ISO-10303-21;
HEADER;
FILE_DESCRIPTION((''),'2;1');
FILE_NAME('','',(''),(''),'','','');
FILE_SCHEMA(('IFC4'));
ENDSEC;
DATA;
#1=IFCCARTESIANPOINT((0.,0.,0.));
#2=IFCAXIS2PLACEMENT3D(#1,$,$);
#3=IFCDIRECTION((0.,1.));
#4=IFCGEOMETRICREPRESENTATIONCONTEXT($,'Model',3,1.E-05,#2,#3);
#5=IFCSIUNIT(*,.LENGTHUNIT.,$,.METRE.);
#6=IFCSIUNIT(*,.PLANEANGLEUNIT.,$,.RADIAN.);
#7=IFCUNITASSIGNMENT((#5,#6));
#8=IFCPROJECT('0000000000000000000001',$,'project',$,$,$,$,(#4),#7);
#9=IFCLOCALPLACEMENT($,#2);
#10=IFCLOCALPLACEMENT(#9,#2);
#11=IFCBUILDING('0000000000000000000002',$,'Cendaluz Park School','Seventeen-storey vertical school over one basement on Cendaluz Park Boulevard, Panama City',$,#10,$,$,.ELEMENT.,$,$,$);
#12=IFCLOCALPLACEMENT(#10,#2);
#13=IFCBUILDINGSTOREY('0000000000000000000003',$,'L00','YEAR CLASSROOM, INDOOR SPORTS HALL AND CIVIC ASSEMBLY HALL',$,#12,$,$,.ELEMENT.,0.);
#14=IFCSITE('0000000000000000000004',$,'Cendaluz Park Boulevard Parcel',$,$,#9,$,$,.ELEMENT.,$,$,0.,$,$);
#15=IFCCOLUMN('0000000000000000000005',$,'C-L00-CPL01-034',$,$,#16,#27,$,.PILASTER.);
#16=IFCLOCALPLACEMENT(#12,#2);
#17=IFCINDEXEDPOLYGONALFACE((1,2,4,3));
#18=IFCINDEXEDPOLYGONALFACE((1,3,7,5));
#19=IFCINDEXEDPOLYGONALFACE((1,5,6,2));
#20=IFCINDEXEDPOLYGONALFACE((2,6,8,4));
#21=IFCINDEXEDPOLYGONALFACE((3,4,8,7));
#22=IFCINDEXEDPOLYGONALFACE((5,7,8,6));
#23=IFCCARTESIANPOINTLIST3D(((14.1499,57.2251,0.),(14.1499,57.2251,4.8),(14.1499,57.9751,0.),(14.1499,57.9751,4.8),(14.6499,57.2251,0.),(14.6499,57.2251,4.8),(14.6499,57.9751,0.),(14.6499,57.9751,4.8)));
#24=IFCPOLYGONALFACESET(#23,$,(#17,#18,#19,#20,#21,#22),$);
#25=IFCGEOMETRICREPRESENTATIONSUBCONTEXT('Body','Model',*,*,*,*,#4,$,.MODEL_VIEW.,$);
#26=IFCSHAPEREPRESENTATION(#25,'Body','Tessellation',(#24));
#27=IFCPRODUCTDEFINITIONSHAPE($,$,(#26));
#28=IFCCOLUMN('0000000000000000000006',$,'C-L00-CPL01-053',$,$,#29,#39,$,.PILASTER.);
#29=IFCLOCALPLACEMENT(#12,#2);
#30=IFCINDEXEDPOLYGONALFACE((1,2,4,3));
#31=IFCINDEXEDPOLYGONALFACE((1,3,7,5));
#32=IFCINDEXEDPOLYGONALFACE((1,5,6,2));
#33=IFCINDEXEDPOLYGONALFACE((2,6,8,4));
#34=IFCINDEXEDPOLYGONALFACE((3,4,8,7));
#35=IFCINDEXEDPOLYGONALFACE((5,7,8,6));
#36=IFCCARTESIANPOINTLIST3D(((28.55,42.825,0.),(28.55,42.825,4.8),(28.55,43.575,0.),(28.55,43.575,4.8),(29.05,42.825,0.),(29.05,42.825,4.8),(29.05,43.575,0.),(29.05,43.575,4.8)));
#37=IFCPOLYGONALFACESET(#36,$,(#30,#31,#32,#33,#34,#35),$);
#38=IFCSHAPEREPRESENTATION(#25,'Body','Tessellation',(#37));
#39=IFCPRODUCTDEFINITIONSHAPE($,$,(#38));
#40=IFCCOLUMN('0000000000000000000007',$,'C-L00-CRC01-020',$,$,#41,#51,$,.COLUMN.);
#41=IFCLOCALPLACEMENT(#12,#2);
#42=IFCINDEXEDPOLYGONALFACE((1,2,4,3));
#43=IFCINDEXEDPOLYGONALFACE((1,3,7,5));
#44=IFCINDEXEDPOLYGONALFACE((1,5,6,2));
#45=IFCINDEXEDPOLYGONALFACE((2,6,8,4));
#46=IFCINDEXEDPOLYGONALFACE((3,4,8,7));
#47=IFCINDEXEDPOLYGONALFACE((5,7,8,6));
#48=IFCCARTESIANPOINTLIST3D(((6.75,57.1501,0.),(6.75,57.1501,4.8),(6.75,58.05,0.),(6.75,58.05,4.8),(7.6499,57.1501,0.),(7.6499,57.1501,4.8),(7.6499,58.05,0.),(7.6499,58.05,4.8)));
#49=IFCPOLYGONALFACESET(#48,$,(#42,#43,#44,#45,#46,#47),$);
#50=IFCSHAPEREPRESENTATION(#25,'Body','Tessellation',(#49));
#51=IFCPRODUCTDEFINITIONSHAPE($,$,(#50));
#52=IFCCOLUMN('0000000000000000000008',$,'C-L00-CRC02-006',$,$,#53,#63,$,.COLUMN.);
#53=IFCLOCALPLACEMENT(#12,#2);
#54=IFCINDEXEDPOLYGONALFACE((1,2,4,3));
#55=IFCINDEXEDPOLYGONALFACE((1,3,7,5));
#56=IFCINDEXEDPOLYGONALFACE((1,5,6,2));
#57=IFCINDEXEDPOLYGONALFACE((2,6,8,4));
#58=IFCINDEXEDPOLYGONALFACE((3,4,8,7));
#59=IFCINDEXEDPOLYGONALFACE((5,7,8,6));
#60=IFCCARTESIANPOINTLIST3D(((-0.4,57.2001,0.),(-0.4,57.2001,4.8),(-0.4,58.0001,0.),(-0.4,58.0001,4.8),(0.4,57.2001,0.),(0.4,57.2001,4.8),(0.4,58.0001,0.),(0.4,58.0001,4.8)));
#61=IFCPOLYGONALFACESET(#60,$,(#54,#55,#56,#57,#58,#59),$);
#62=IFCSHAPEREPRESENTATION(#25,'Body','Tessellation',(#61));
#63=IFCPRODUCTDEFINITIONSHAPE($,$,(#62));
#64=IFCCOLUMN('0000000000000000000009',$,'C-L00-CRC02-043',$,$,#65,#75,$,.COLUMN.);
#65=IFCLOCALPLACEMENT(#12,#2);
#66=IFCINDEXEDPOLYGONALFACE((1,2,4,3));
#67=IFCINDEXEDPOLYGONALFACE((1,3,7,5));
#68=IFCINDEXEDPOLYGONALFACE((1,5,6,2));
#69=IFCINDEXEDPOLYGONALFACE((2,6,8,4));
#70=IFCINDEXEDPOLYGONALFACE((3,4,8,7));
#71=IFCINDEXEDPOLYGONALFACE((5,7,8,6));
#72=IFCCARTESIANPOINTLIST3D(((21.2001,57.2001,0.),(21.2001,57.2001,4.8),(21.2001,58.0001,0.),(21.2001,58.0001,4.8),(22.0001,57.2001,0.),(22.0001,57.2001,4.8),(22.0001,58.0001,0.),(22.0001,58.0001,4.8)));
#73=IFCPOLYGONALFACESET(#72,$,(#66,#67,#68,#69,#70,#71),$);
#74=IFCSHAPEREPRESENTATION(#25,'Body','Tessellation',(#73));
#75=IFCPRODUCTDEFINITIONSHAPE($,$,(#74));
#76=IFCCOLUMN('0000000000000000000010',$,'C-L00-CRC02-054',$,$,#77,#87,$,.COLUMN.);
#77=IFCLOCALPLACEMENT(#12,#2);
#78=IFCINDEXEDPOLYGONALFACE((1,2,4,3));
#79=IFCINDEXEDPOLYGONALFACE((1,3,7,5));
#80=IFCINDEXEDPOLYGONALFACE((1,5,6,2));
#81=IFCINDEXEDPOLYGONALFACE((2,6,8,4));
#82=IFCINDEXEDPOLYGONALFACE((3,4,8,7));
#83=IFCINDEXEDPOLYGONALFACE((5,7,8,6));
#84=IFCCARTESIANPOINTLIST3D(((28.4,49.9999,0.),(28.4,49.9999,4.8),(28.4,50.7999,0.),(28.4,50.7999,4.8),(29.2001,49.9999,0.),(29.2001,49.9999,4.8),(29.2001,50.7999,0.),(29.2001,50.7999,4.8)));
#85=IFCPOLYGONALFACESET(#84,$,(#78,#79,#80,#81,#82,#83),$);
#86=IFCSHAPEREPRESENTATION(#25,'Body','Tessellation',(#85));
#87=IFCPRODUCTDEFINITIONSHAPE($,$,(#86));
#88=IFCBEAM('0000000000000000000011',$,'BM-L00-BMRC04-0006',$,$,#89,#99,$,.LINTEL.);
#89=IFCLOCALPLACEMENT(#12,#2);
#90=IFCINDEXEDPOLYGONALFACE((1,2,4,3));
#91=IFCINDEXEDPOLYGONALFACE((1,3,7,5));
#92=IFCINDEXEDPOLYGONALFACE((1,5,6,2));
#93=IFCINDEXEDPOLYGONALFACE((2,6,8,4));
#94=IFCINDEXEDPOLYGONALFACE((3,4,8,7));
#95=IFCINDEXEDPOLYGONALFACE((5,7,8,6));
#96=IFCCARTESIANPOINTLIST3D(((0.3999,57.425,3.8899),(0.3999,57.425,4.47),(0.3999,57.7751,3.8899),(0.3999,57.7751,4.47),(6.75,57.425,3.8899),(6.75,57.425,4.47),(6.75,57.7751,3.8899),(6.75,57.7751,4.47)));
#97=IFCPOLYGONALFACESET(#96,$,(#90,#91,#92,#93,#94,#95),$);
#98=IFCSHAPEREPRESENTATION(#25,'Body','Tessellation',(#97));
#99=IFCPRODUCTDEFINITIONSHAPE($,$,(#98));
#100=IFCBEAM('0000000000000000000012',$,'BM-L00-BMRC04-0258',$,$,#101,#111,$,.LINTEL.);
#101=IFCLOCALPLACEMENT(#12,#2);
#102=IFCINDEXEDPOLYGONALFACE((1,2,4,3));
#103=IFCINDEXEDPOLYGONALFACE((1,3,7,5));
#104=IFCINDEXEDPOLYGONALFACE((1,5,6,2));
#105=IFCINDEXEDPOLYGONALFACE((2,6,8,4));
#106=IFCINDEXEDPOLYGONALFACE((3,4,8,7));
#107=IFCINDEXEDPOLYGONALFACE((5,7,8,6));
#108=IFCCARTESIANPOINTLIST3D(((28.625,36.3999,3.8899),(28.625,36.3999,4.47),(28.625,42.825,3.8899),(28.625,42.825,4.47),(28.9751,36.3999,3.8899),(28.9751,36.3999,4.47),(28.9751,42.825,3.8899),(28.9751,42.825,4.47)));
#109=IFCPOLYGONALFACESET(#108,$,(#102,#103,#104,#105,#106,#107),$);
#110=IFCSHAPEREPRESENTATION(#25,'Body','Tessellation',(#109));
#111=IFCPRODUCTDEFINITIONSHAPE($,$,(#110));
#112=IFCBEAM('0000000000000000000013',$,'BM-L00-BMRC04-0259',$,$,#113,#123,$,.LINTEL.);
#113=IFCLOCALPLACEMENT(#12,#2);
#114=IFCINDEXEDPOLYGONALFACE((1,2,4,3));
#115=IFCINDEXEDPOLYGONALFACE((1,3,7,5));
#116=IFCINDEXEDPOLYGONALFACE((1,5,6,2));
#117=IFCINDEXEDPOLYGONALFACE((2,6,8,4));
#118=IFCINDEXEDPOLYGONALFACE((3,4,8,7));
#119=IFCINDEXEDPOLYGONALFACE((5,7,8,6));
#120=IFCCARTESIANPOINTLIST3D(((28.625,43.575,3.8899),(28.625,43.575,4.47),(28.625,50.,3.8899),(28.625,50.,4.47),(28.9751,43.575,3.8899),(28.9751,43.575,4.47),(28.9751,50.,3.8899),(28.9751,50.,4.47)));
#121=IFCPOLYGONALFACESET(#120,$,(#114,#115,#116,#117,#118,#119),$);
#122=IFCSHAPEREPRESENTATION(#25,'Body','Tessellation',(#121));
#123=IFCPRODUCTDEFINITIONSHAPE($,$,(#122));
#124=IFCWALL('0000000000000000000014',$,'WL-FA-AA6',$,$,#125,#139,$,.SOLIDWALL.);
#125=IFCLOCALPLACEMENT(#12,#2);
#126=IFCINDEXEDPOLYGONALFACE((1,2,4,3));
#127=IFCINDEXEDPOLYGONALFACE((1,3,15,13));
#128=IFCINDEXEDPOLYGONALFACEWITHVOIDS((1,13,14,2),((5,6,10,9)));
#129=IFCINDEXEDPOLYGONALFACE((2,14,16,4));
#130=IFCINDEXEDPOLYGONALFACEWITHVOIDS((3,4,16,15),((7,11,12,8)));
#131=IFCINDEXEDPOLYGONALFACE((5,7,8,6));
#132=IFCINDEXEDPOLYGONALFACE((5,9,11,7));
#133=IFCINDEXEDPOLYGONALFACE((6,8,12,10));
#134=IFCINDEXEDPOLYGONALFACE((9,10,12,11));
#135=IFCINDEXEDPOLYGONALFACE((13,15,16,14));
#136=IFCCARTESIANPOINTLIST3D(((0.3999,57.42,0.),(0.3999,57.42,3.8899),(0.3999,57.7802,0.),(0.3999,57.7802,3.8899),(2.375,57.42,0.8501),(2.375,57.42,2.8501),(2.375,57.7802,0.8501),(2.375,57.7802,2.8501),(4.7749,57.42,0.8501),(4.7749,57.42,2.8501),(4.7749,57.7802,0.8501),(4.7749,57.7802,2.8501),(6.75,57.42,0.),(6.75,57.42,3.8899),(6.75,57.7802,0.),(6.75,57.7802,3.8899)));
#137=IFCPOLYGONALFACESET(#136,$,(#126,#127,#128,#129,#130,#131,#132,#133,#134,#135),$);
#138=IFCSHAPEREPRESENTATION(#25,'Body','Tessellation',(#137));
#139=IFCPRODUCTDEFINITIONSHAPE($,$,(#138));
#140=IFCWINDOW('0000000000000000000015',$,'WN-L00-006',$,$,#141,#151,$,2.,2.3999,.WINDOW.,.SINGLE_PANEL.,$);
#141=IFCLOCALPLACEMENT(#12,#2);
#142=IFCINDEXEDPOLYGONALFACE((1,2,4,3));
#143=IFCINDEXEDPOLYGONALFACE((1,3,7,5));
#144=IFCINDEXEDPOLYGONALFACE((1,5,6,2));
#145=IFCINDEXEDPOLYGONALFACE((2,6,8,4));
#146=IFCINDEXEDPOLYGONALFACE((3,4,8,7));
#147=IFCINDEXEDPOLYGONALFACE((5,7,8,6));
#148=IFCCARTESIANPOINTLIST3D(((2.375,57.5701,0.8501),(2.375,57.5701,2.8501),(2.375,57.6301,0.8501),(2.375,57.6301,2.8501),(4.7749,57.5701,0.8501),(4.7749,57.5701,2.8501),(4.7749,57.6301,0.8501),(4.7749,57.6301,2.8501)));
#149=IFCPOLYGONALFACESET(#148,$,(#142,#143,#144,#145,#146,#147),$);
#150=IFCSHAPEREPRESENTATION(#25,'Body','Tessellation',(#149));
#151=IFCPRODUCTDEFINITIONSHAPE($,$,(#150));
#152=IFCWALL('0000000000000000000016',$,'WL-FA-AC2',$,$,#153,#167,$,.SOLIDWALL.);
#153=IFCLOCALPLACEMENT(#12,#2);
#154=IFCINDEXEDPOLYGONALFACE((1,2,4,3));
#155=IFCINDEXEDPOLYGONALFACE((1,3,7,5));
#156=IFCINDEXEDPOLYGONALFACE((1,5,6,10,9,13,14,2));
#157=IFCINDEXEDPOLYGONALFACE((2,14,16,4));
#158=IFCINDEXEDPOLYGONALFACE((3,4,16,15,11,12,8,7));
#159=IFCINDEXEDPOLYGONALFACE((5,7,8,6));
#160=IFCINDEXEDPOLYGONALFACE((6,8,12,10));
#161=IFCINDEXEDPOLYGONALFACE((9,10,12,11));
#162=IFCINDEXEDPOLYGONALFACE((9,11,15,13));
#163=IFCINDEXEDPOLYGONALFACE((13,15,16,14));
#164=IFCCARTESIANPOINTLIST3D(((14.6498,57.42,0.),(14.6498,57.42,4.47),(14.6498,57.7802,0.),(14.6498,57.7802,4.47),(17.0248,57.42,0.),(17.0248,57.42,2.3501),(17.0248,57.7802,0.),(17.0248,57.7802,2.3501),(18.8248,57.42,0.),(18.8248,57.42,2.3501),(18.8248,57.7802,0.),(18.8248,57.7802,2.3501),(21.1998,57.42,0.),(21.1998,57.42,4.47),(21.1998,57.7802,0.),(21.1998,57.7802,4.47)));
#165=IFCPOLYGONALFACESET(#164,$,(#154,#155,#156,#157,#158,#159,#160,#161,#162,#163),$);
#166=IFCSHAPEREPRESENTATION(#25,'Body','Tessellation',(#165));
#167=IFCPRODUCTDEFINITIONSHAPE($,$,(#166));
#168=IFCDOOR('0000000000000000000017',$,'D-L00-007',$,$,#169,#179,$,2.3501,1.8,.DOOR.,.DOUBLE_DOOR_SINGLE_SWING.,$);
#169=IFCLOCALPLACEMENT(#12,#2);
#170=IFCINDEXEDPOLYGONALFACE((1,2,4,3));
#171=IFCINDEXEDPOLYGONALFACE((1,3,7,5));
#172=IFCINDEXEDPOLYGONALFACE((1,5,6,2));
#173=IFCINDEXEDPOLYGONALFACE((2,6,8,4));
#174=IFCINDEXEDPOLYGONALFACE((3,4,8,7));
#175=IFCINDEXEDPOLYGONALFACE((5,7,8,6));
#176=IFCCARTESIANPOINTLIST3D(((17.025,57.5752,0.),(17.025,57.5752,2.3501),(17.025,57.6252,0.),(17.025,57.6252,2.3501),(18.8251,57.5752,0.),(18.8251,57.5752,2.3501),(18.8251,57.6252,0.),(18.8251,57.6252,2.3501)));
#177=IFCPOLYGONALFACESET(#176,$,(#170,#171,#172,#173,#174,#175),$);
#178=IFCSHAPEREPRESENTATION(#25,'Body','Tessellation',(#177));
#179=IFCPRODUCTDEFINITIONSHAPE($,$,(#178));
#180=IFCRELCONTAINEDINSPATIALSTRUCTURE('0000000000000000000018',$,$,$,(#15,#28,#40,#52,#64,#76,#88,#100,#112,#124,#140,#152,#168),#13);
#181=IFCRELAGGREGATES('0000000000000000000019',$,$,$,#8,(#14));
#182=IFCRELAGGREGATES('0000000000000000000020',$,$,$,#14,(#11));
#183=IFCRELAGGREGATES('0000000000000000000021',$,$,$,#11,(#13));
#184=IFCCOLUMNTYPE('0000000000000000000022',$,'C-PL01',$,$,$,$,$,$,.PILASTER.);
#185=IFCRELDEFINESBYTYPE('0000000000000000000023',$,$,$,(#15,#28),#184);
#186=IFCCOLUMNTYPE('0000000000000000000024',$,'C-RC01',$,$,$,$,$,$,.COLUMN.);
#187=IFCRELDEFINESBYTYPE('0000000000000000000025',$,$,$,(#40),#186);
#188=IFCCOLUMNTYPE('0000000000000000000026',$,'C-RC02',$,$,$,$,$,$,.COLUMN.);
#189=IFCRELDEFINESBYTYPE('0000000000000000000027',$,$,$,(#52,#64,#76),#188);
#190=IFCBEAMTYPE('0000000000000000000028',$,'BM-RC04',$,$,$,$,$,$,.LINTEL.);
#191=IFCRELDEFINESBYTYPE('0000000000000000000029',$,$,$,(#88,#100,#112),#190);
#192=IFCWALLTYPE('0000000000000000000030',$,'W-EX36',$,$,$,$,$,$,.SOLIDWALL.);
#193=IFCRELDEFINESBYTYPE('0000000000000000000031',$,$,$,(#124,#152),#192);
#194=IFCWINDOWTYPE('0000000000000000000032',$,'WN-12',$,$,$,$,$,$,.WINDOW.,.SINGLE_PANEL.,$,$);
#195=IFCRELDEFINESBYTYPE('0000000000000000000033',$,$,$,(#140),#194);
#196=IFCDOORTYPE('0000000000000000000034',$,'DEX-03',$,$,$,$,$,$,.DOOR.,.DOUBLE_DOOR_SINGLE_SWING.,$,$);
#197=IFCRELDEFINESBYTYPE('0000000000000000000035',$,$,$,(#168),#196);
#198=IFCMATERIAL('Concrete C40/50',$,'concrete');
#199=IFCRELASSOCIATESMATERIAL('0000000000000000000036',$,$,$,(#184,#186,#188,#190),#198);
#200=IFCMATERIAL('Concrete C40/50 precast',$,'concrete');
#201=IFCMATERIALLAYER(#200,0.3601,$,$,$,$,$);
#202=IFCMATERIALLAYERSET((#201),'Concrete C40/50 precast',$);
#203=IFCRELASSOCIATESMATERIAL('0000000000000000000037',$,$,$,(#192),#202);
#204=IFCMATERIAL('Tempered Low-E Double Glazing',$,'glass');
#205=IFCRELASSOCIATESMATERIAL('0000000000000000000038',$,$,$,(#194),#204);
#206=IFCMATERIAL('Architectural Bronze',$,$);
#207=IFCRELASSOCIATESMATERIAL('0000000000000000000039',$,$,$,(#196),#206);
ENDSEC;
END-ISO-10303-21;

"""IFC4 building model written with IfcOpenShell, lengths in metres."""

from ifc_helpers import new_model, si_unit, direction, frame, frame_2d, origin, origin_2d, place, context, subcontext, project, spatial, rectangle, extrude, material, layer, layer_set, material_profile, profile_set, type_object, element, fill, save


model = new_model("IFC4")

# Units and contexts
model_context = context("Model", 3, precision=1e-05, world=origin(), true_north=direction((0.0, 1.0)))
body_context = subcontext(model_context, "Body", "Model", "MODEL_VIEW")
ifc_project = project(units=[si_unit("LENGTHUNIT", "METRE"), si_unit("PLANEANGLEUNIT", "RADIAN")], contexts=[model_context])

# Site, building, storey
site_placement = place(None, origin())
site = spatial("IfcSite", under=ifc_project, at=site_placement, Name="Cendaluz Park Boulevard Parcel", CompositionType="ELEMENT", RefElevation=0.0)
building_placement = place(site_placement, origin())
building = spatial("IfcBuilding", under=site, at=building_placement, Name="Cendaluz Park School", Description="Seventeen-storey vertical school over one basement on Cendaluz Park Boulevard, Panama City", CompositionType="ELEMENT")
storey_placement = place(building_placement, origin())
storey = spatial("IfcBuildingStorey", under=building, at=storey_placement, Name="L00", Description="YEAR CLASSROOM, INDOOR SPORTS HALL AND CIVIC ASSEMBLY HALL", CompositionType="ELEMENT", Elevation=0.0)

# Columns
ifc_material_1 = material(Name="Concrete C40/50", Category="concrete")
ifc_material_profile_1 = material_profile(ifc_material_1, rectangle(XDim=0.5, YDim=0.75, at=origin_2d()), Name="RC 500x750", Category="concrete")
ifc_profile_set_1 = profile_set([ifc_material_profile_1], Name="Concrete C40/50")
column_type_1 = type_object("IfcColumnType", Name="C-PL01", PredefinedType="PILASTER", material=ifc_profile_set_1)
for number, where, z_axis, x_axis, name in (
    (1, (14.3999, 57.6001, 0.0), (0.0, 0.0, 1.0), (1.0, 0.0, 0.0), "C-L00-CPL01-034"),
    (2, (28.8, 43.2, 0.0), (0.0, 0.0, 1.0), (1.0, 0.0, 0.0), "C-L00-CPL01-053"),
):
    element("IfcColumn", number, at=place(storey_placement, frame(where, z_axis=z_axis, x_axis=x_axis)), inside=storey, type_object=column_type_1, Name=name, PredefinedType="PILASTER", context=body_context, shape_type="SweptSolid", body=[
        extrude(rectangle(XDim=0.5, YDim=0.75, at=origin_2d()), origin(), (0.0, 0.0, 1.0), 4.8),
    ])
ifc_material_profile_2 = material_profile(ifc_material_1, rectangle(XDim=0.8999, YDim=0.8999, at=origin_2d()), Name="RC 900x900", Category="concrete")
ifc_profile_set_2 = profile_set([ifc_material_profile_2], Name="Concrete C40/50")
column_type_2 = type_object("IfcColumnType", Name="C-RC01", PredefinedType="COLUMN", material=ifc_profile_set_2)
column_placement = place(storey_placement, frame((7.2, 57.6001, 0.0), z_axis=(0.0, 0.0, 1.0), x_axis=(1.0, 0.0, 0.0)))
element("IfcColumn", 3, at=column_placement, inside=storey, type_object=column_type_2, Name="C-L00-CRC01-020", PredefinedType="COLUMN", context=body_context, shape_type="SweptSolid", body=[
    extrude(rectangle(XDim=0.8999, YDim=0.8999, at=origin_2d()), origin(), (0.0, 0.0, 1.0), 4.8),
])
ifc_material_profile_3 = material_profile(ifc_material_1, rectangle(XDim=0.8, YDim=0.8, at=origin_2d()), Name="RC 800x800", Category="concrete")
ifc_profile_set_3 = profile_set([ifc_material_profile_3], Name="Concrete C40/50")
column_type_3 = type_object("IfcColumnType", Name="C-RC02", PredefinedType="COLUMN", material=ifc_profile_set_3)
for number, where, z_axis, x_axis, name in (
    (4, (0.0, 57.6001, 0.0), (0.0, 0.0, 1.0), (1.0, 0.0, 0.0), "C-L00-CRC02-006"),
    (5, (21.6001, 57.6001, 0.0), (0.0, 0.0, 1.0), (1.0, 0.0, 0.0), "C-L00-CRC02-043"),
    (6, (28.8, 50.3999, 0.0), (0.0, 0.0, 1.0), (1.0, 0.0, 0.0), "C-L00-CRC02-054"),
):
    element("IfcColumn", number, at=place(storey_placement, frame(where, z_axis=z_axis, x_axis=x_axis)), inside=storey, type_object=column_type_3, Name=name, PredefinedType="COLUMN", context=body_context, shape_type="SweptSolid", body=[
        extrude(rectangle(XDim=0.8, YDim=0.8, at=origin_2d()), origin(), (0.0, 0.0, 1.0), 4.8),
    ])

# Beams
ifc_material_profile_4 = material_profile(ifc_material_1, rectangle(XDim=0.3501, YDim=0.5801, at=origin_2d()), Name="RC 350x580", Category="concrete")
ifc_profile_set_4 = profile_set([ifc_material_profile_4], Name="Concrete C40/50")
beam_type = type_object("IfcBeamType", Name="BM-RC04", PredefinedType="LINTEL", material=ifc_profile_set_4)
beam_placement = place(storey_placement, frame((0.3999, 57.6001, 4.1799), z_axis=(1.0, 0.0, 0.0), x_axis=(0.0, 1.0, 0.0)))
element("IfcBeam", 7, at=beam_placement, inside=storey, type_object=beam_type, Name="BM-L00-BMRC04-0006", PredefinedType="LINTEL", context=body_context, shape_type="SweptSolid", body=[
    extrude(rectangle(XDim=0.3501, YDim=0.5801, at=origin_2d()), origin(), (0.0, 0.0, 1.0), 6.3501),
])
for number, where, z_axis, x_axis, name in (
    (8, (28.8, 36.3999, 4.1799), (0.0, 1.0, 0.0), (-1.0, 0.0, 0.0), "BM-L00-BMRC04-0258"),
    (9, (28.8, 43.575, 4.1799), (0.0, 1.0, 0.0), (-1.0, 0.0, 0.0), "BM-L00-BMRC04-0259"),
):
    element("IfcBeam", number, at=place(storey_placement, frame(where, z_axis=z_axis, x_axis=x_axis)), inside=storey, type_object=beam_type, Name=name, PredefinedType="LINTEL", context=body_context, shape_type="SweptSolid", body=[
        extrude(rectangle(XDim=0.3501, YDim=0.5801, at=origin_2d()), origin(), (0.0, 0.0, 1.0), 6.425),
    ])

# Wall, opening, window
ifc_material_2 = material(Name="Concrete C40/50 precast", Category="concrete")
ifc_layer_1 = layer(ifc_material_2, 0.3601)
ifc_layer_set_1 = layer_set([ifc_layer_1], Name="Concrete C40/50 precast")
wall_type_1 = type_object("IfcWallType", Name="W-EX36", PredefinedType="SOLIDWALL", material=ifc_layer_set_1)
wall_1_placement = place(storey_placement, frame((0.3999, 57.6001, 0.0), z_axis=(0.0, 0.0, 1.0), x_axis=(1.0, 0.0, 0.0)))
wall_1 = element("IfcWall", 10, at=wall_1_placement, inside=storey, type_object=wall_type_1, Name="WL-FA-AA6", PredefinedType="SOLIDWALL", context=body_context, shape_type="SweptSolid", body=[
    extrude(rectangle(XDim=6.3501, YDim=0.3601, at=frame_2d((3.175, 0.0))), origin(), (0.0, 0.0, 1.0), 3.8899),
])
opening_1_placement = place(wall_1_placement, frame((1.9751, 0.0, 0.8501)))
opening_1 = element("IfcOpeningElement", 11, at=opening_1_placement, cuts=wall_1, PredefinedType="OPENING", context=body_context, shape_type="SweptSolid", body=[
    extrude(rectangle(XDim=2.3999, YDim=2.0, at=frame_2d((1.2, 1.0))), frame((0.0, 0.1921, 0.0), z_axis=(0.0, -1.0, 0.0), x_axis=(1.0, 0.0, 0.0)), (0.0, 0.0, 1.0), 0.384),
])
ifc_material_3 = material(Name="Tempered Low-E Double Glazing", Category="glass")
window_type_1 = type_object("IfcWindowType", Name="WN-12", PartitioningType="SINGLE_PANEL", PredefinedType="WINDOW", material=ifc_material_3)
window_1_placement = place(opening_1_placement, origin())
window_1 = element("IfcWindow", 12, at=window_1_placement, inside=storey, type_object=window_type_1, Name="WN-L00-006", OverallHeight=2.0, OverallWidth=2.3999, PartitioningType="SINGLE_PANEL", PredefinedType="WINDOW", context=body_context, shape_type="SweptSolid", body=[
    extrude(rectangle(XDim=2.3999, YDim=2.0, at=frame_2d((1.2, 1.0))), frame((0.0, 0.03, 0.0), z_axis=(0.0, -1.0, 0.0), x_axis=(1.0, 0.0, 0.0)), (0.0, 0.0, 1.0), 0.0601),
])
fill(opening_1, window_1)

# Wall, opening, door
ifc_material_4 = material(Name="Architectural Bronze")
wall_2_placement = place(storey_placement, frame((14.6499, 57.6001, 0.0), z_axis=(0.0, 0.0, 1.0), x_axis=(1.0, 0.0, 0.0)))
wall_2 = element("IfcWall", 13, at=wall_2_placement, inside=storey, type_object=wall_type_1, Name="WL-FA-AC2", PredefinedType="SOLIDWALL", context=body_context, shape_type="SweptSolid", body=[
    extrude(rectangle(XDim=6.55, YDim=0.3601, at=frame_2d((3.2749, 0.0))), origin(), (0.0, 0.0, 1.0), 4.47),
])
opening_2_placement = place(wall_2_placement, frame((2.375, 0.0, 0.0)))
opening_2 = element("IfcOpeningElement", 14, at=opening_2_placement, cuts=wall_2, PredefinedType="OPENING", context=body_context, shape_type="SweptSolid", body=[
    extrude(rectangle(XDim=1.8, YDim=2.3501, at=frame_2d((0.8999, 1.175))), frame((0.0, 0.1921, 0.0), z_axis=(0.0, -1.0, 0.0), x_axis=(1.0, 0.0, 0.0)), (0.0, 0.0, 1.0), 0.384),
])
door_type_1 = type_object("IfcDoorType", Name="DEX-03", OperationType="DOUBLE_DOOR_SINGLE_SWING", PredefinedType="DOOR", material=ifc_material_4)
door_1_placement = place(opening_2_placement, frame((1.8, 0.0, 0.0), z_axis=(0.0, 0.0, 1.0), x_axis=(-1.0, 0.0, 0.0)))
door_1 = element("IfcDoor", 15, at=door_1_placement, inside=storey, type_object=door_type_1, Name="D-L00-007", OperationType="DOUBLE_DOOR_SINGLE_SWING", OverallHeight=2.3501, OverallWidth=1.8, PredefinedType="DOOR", context=body_context, shape_type="SweptSolid", body=[
    extrude(rectangle(XDim=1.8, YDim=2.3501, at=frame_2d((0.8999, 1.175))), frame((0.0, 0.0249, 0.0), z_axis=(0.0, -1.0, 0.0), x_axis=(1.0, 0.0, 0.0)), (0.0, 0.0, 1.0), 0.05),
])
fill(opening_2, door_1)

save(model, "model.ifc")
